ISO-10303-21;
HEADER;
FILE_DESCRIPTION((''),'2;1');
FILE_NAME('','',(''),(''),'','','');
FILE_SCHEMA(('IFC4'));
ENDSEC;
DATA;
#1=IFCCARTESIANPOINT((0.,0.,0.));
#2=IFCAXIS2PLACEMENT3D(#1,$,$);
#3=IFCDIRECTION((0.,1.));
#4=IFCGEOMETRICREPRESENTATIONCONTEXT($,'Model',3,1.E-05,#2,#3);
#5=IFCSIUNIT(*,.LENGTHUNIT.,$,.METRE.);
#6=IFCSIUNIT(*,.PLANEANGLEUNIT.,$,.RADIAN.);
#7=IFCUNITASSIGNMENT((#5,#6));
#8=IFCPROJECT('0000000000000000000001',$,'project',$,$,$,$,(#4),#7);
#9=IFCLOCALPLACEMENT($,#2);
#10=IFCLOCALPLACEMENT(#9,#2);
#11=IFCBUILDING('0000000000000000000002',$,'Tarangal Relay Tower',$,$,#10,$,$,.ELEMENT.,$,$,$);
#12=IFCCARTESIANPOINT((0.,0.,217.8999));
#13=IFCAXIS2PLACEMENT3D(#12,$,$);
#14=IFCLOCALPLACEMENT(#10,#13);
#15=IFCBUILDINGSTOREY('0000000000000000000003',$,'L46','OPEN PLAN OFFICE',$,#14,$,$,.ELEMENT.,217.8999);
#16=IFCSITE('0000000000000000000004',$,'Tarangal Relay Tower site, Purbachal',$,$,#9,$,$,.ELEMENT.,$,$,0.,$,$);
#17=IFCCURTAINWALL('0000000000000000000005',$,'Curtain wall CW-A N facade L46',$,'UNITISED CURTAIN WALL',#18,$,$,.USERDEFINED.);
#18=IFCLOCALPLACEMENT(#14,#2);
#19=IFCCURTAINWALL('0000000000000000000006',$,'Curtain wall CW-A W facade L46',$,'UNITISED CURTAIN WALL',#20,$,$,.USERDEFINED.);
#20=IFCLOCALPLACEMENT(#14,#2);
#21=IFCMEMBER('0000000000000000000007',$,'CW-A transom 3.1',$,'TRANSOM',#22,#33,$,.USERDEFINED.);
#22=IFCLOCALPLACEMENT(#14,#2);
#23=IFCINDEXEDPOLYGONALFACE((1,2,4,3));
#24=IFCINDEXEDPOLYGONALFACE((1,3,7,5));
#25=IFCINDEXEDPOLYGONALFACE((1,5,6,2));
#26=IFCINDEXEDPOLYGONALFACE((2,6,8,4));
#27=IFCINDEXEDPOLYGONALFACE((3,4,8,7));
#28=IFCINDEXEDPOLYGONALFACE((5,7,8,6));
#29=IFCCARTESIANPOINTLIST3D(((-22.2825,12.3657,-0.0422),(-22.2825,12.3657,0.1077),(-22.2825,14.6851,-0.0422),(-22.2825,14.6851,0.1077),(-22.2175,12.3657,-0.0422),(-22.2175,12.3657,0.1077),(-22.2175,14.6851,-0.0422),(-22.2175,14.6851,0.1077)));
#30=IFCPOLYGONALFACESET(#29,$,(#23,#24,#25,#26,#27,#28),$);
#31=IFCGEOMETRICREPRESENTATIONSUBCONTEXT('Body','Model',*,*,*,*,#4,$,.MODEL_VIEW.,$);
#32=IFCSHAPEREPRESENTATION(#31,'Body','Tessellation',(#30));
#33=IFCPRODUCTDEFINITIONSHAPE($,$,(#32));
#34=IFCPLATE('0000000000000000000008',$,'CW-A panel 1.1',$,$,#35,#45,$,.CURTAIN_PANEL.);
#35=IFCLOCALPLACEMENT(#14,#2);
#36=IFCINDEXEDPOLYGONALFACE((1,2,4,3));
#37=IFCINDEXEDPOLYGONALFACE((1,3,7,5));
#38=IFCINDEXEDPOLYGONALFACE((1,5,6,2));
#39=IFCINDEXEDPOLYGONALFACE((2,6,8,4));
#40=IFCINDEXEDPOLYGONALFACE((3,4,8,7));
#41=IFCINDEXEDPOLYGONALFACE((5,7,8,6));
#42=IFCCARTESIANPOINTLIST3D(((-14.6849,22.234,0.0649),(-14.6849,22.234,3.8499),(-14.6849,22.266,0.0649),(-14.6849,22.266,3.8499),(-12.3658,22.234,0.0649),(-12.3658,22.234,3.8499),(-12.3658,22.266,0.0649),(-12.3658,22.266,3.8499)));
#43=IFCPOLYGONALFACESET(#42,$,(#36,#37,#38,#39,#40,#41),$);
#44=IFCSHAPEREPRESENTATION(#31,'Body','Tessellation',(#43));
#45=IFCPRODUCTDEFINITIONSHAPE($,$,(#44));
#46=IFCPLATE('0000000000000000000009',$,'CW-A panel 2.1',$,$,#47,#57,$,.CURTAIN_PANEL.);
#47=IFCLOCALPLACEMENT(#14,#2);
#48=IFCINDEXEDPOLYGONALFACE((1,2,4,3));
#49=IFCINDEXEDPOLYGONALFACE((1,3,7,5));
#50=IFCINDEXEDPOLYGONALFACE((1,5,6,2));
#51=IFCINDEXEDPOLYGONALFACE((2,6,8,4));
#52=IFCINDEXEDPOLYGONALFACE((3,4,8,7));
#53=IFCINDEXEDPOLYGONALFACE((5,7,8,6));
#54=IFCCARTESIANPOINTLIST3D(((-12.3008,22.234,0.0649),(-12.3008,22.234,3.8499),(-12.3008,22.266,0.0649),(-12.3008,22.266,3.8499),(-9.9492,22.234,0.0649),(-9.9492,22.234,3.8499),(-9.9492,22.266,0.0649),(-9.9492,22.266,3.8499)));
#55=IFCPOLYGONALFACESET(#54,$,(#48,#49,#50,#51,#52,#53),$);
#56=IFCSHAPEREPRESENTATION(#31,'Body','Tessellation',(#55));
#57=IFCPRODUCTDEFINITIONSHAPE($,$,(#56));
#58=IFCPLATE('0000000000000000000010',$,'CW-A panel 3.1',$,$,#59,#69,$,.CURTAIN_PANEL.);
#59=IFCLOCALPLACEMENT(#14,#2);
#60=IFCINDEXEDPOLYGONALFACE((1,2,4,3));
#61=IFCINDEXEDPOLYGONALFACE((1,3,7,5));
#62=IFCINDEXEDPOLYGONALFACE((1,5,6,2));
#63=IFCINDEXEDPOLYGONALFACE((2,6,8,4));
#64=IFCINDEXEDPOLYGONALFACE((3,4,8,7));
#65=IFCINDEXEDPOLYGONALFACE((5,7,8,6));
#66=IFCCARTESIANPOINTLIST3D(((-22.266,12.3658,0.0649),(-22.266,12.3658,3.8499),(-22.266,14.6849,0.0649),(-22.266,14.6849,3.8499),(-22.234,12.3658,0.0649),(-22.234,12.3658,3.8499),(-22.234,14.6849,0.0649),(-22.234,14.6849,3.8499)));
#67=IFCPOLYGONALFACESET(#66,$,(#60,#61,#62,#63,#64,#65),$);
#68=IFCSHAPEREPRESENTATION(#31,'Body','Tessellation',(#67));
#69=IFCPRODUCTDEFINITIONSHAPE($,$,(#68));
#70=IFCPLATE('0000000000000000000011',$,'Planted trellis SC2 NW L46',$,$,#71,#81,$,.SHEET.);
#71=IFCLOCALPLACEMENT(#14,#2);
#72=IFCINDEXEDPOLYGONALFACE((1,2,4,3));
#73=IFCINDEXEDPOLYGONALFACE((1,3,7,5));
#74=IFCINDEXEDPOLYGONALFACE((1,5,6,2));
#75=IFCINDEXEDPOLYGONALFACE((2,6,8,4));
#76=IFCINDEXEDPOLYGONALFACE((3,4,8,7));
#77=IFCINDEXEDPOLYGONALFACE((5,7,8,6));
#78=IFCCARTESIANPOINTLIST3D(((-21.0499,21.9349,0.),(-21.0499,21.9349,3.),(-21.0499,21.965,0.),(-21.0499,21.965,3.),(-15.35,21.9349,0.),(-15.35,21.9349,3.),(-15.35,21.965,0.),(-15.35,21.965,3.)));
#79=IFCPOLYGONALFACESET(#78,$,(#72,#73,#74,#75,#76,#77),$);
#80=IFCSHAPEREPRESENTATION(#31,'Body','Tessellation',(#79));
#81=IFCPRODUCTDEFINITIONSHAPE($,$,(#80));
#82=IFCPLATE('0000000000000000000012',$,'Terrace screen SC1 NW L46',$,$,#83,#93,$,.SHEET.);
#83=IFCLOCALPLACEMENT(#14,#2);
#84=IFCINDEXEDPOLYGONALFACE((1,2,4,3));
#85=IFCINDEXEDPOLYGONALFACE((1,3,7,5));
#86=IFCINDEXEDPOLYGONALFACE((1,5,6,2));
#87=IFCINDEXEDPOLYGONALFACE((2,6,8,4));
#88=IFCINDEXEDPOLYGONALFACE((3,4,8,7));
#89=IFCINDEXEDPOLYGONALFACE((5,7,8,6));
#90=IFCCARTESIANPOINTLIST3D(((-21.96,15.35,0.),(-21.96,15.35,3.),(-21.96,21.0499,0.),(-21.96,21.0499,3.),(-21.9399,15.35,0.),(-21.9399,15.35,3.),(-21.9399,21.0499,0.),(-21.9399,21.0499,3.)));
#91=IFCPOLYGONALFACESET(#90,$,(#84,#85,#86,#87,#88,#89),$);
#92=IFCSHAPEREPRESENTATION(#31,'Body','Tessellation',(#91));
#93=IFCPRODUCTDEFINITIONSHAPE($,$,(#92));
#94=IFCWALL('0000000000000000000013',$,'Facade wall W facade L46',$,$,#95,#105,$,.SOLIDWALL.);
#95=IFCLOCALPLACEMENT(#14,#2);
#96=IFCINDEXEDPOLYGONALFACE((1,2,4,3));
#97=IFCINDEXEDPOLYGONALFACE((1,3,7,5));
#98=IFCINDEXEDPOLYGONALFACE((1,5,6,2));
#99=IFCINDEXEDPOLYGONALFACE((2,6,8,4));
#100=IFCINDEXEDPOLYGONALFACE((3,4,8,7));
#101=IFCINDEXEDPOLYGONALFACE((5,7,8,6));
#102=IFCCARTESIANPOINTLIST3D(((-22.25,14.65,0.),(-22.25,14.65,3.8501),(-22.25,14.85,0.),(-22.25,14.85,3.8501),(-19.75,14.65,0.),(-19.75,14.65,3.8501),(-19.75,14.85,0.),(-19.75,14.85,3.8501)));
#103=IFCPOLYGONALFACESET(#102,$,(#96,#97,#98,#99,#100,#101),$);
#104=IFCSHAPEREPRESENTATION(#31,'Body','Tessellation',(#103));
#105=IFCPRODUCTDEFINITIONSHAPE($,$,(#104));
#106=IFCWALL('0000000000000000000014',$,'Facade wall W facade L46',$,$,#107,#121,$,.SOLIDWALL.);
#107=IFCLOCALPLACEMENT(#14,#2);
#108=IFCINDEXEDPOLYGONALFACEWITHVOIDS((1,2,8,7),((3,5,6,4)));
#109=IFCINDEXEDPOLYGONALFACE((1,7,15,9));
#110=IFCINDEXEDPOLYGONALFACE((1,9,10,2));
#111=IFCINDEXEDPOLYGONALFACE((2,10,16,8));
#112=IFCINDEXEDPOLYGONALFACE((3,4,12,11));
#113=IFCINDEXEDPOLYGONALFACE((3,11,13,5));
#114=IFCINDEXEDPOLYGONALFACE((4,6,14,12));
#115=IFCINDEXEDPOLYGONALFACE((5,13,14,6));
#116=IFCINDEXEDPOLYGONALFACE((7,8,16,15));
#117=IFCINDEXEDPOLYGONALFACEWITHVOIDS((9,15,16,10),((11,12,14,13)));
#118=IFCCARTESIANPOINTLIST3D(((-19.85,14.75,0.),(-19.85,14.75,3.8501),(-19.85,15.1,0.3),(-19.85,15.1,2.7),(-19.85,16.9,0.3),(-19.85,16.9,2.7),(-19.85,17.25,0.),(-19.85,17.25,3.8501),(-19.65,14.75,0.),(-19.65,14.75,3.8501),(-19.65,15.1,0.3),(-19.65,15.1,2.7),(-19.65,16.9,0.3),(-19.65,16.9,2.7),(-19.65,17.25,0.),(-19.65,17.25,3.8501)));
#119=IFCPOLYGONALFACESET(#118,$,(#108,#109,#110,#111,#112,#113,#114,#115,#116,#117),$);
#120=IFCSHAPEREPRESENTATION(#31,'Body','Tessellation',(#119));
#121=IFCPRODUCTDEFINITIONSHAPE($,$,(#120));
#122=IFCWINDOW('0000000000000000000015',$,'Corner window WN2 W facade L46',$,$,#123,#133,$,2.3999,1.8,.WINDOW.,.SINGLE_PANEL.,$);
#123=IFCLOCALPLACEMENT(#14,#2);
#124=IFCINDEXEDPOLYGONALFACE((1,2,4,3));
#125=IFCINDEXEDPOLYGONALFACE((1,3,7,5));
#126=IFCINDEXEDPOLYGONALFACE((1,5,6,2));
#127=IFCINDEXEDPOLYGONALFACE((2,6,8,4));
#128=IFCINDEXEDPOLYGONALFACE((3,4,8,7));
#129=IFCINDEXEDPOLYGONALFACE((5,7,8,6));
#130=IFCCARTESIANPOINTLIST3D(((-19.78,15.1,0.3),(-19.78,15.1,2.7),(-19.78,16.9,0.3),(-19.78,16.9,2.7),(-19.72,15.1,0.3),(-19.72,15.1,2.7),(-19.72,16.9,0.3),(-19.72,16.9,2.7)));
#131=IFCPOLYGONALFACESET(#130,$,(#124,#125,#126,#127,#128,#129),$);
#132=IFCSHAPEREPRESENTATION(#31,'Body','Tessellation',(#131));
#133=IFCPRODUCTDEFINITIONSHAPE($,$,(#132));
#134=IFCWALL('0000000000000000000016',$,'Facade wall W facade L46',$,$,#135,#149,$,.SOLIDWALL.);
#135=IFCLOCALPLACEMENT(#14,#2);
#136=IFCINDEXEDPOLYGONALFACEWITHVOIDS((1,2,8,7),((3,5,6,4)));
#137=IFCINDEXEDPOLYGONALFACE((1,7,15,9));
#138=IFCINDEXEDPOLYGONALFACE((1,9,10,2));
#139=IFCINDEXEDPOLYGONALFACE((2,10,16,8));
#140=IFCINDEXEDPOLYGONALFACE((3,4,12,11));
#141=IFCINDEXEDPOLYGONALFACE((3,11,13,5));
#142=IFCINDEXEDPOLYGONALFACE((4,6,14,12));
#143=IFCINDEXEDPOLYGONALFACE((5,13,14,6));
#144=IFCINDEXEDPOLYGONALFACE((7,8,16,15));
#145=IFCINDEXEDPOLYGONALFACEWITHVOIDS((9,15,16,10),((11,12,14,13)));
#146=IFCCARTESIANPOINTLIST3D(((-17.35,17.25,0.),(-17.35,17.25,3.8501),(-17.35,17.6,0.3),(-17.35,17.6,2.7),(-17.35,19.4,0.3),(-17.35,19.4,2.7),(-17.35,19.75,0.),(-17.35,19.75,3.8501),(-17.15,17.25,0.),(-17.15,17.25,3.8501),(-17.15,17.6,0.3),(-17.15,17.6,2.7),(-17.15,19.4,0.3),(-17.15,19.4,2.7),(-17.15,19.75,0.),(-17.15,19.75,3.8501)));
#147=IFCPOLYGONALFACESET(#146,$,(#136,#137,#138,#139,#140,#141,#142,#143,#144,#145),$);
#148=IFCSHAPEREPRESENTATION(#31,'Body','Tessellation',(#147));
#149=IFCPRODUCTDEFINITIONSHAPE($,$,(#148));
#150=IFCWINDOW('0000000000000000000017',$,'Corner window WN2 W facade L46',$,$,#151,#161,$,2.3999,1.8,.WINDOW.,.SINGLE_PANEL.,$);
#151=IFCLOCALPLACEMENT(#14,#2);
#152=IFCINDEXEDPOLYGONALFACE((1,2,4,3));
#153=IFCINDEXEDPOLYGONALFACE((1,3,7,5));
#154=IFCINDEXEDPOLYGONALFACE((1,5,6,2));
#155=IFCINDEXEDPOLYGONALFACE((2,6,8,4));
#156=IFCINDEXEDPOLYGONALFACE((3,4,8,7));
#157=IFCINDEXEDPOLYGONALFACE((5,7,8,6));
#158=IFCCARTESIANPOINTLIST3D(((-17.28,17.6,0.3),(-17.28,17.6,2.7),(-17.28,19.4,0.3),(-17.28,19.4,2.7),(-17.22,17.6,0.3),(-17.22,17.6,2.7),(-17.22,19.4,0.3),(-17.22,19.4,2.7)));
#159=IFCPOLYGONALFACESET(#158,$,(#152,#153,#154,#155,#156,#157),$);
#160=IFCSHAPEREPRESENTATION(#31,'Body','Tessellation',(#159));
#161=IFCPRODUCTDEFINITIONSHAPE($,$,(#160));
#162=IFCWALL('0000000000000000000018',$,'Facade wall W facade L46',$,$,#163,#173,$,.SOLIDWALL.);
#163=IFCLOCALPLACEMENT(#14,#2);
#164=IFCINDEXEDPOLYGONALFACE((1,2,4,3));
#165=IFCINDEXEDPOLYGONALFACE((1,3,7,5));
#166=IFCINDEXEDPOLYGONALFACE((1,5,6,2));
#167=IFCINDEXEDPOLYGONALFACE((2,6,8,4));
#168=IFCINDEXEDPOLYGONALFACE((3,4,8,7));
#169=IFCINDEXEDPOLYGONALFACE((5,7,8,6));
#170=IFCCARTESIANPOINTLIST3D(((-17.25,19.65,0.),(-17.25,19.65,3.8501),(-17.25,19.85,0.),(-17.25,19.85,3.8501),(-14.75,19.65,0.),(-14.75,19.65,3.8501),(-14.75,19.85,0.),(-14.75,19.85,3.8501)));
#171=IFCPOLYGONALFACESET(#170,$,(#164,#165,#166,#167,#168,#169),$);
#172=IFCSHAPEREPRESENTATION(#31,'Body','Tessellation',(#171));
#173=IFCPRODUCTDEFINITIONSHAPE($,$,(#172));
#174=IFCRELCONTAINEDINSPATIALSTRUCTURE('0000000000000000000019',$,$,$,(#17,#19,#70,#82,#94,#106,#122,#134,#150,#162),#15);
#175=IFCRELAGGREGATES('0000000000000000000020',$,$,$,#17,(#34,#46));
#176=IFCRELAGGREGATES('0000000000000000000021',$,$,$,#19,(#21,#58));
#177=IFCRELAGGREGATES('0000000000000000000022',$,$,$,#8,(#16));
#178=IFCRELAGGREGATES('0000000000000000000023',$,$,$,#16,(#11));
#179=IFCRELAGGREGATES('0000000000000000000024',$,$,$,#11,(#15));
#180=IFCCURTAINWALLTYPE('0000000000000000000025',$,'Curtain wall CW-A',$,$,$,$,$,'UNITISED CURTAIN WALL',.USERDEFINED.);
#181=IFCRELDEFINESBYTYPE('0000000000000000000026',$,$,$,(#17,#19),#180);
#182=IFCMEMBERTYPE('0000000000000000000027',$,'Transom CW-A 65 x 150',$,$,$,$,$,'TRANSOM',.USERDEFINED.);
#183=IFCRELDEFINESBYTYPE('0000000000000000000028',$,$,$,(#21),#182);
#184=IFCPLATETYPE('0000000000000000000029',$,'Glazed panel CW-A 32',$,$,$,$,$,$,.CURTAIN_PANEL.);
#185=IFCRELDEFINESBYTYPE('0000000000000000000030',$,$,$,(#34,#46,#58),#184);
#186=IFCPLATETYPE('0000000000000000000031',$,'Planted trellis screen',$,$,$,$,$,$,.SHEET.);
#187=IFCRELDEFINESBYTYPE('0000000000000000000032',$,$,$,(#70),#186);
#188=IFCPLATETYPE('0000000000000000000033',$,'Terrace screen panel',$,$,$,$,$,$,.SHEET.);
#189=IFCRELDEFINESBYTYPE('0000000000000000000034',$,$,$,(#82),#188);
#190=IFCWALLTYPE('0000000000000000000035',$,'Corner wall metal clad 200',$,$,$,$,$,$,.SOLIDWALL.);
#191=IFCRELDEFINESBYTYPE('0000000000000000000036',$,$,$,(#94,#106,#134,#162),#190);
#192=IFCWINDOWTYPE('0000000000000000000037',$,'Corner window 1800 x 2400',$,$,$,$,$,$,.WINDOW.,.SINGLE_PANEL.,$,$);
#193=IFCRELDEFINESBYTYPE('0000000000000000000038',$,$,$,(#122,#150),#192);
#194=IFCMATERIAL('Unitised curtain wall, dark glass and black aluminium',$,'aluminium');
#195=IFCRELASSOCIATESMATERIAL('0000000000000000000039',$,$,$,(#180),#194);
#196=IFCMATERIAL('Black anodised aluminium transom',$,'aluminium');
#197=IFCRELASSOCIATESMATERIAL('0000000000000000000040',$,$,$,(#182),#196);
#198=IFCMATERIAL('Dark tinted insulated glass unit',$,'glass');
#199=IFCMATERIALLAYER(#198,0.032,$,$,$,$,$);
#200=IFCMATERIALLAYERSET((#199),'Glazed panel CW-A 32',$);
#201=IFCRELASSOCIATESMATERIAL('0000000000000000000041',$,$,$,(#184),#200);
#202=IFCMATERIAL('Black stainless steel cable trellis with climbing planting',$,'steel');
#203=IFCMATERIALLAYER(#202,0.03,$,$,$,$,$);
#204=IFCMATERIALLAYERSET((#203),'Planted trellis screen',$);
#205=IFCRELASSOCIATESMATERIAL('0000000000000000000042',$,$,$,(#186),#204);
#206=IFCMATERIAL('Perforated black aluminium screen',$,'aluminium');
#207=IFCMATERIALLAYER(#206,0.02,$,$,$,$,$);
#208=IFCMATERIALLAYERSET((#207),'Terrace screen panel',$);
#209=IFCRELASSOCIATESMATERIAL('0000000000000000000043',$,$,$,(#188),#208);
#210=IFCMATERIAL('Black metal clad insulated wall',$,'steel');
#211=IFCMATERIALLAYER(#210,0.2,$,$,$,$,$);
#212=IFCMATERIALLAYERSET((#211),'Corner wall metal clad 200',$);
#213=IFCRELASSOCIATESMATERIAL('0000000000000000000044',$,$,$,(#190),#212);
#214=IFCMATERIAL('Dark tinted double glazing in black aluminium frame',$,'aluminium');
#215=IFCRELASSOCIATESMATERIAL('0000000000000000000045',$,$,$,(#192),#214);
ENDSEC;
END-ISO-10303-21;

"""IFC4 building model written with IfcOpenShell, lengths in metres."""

from ifc_helpers import new_model, si_unit, direction, frame, frame_2d, origin, origin_2d, place, context, subcontext, project, spatial, rectangle, extrude, material, layer, layer_set, material_profile, profile_set, type_object, element, fill, aggregate, save


model = new_model("IFC4")

# Units and contexts
model_context = context("Model", 3, precision=1e-05, world=origin(), true_north=direction((0.0, 1.0)))
body_context = subcontext(model_context, "Body", "Model", "MODEL_VIEW")
ifc_project = project(units=[si_unit("LENGTHUNIT", "METRE"), si_unit("PLANEANGLEUNIT", "RADIAN")], contexts=[model_context])

# Site, building, storey
site_placement = place(None, origin())
site = spatial("IfcSite", under=ifc_project, at=site_placement, Name="Tarangal Relay Tower site, Purbachal", CompositionType="ELEMENT", RefElevation=0.0)
building_placement = place(site_placement, origin())
building = spatial("IfcBuilding", under=site, at=building_placement, Name="Tarangal Relay Tower", CompositionType="ELEMENT")
storey_placement = place(building_placement, frame((0.0, 0.0, 217.8999)))
storey = spatial("IfcBuildingStorey", under=building, at=storey_placement, Name="L46", Description="OPEN PLAN OFFICE", CompositionType="ELEMENT", Elevation=217.8999)

# Curtain walls
ifc_material_1 = material(Name="Unitised curtain wall, dark glass and black aluminium", Category="aluminium")
curtain_wall_type = type_object("IfcCurtainWallType", Name="Curtain wall CW-A", ElementType="UNITISED CURTAIN WALL", PredefinedType="USERDEFINED", material=ifc_material_1)
curtain_wall_1_placement = place(storey_placement, origin())
curtain_wall_1 = element("IfcCurtainWall", 1, at=curtain_wall_1_placement, inside=storey, type_object=curtain_wall_type, Name="Curtain wall CW-A N facade L46", ObjectType="UNITISED CURTAIN WALL", PredefinedType="USERDEFINED")
curtain_wall_2_placement = place(storey_placement, origin())
curtain_wall_2 = element("IfcCurtainWall", 2, at=curtain_wall_2_placement, inside=storey, type_object=curtain_wall_type, Name="Curtain wall CW-A W facade L46", ObjectType="UNITISED CURTAIN WALL", PredefinedType="USERDEFINED")

# Member
ifc_material_2 = material(Name="Black anodised aluminium transom", Category="aluminium")
ifc_material_profile_1 = material_profile(ifc_material_2, rectangle(XDim=0.0649, YDim=0.1499, at=origin_2d()), Name="CW-AT 65X150")
ifc_profile_set_1 = profile_set([ifc_material_profile_1], Name="Black anodised aluminium transom")
member_type_1 = type_object("IfcMemberType", Name="Transom CW-A 65 x 150", ElementType="TRANSOM", PredefinedType="USERDEFINED", material=ifc_profile_set_1)
member_1_placement = place(storey_placement, frame((-22.25, 12.3657, 0.0327), z_axis=(0.0, 1.0, 0.0), x_axis=(-1.0, 0.0, 0.0)))
member_1 = element("IfcMember", 3, at=member_1_placement, type_object=member_type_1, Name="CW-A transom 3.1", ObjectType="TRANSOM", PredefinedType="USERDEFINED", context=body_context, shape_type="SweptSolid", body=[
    extrude(rectangle(XDim=0.0649, YDim=0.1499, at=origin_2d()), origin(), (0.0, 0.0, 1.0), 2.3193),
])

# Plates
ifc_material_3 = material(Name="Dark tinted insulated glass unit", Category="glass")
ifc_layer_1 = layer(ifc_material_3, 0.032)
ifc_layer_set_1 = layer_set([ifc_layer_1], Name="Glazed panel CW-A 32")
plate_type_1 = type_object("IfcPlateType", Name="Glazed panel CW-A 32", PredefinedType="CURTAIN_PANEL", material=ifc_layer_set_1)
plate_1_placement = place(storey_placement, frame((-13.5254, 22.25, 0.0649), z_axis=(0.0, 0.0, 1.0), x_axis=(1.0, 0.0, 0.0)))
plate_1 = element("IfcPlate", 4, at=plate_1_placement, type_object=plate_type_1, Name="CW-A panel 1.1", PredefinedType="CURTAIN_PANEL", context=body_context, shape_type="SweptSolid", body=[
    extrude(rectangle(XDim=2.3191, YDim=0.032, at=origin_2d()), origin(), (0.0, 0.0, 1.0), 3.7849),
])
plate_2_placement = place(storey_placement, frame((-11.125, 22.25, 0.0649), z_axis=(0.0, 0.0, 1.0), x_axis=(1.0, 0.0, 0.0)))
plate_2 = element("IfcPlate", 5, at=plate_2_placement, type_object=plate_type_1, Name="CW-A panel 2.1", PredefinedType="CURTAIN_PANEL", context=body_context, shape_type="SweptSolid", body=[
    extrude(rectangle(XDim=2.3516, YDim=0.032, at=origin_2d()), origin(), (0.0, 0.0, 1.0), 3.7849),
])
aggregate(curtain_wall_1, [plate_1, plate_2])
plate_3_placement = place(storey_placement, frame((-22.25, 13.5254, 0.0649), z_axis=(0.0, 0.0, 1.0), x_axis=(0.0, 1.0, 0.0)))
plate_3 = element("IfcPlate", 6, at=plate_3_placement, type_object=plate_type_1, Name="CW-A panel 3.1", PredefinedType="CURTAIN_PANEL", context=body_context, shape_type="SweptSolid", body=[
    extrude(rectangle(XDim=2.3191, YDim=0.032, at=origin_2d()), origin(), (0.0, 0.0, 1.0), 3.7849),
])
aggregate(curtain_wall_2, [member_1, plate_3])

# Plates
ifc_material_4 = material(Name="Black stainless steel cable trellis with climbing planting", Category="steel")
ifc_layer_2 = layer(ifc_material_4, 0.03)
ifc_layer_set_2 = layer_set([ifc_layer_2], Name="Planted trellis screen")
plate_type_2 = type_object("IfcPlateType", Name="Planted trellis screen", PredefinedType="SHEET", material=ifc_layer_set_2)
plate_4_placement = place(storey_placement, frame((-18.2, 21.95, 0.0), z_axis=(0.0, 0.0, 1.0), x_axis=(1.0, 0.0, 0.0)))
element("IfcPlate", 7, at=plate_4_placement, inside=storey, type_object=plate_type_2, Name="Planted trellis SC2 NW L46", PredefinedType="SHEET", context=body_context, shape_type="SweptSolid", body=[
    extrude(rectangle(XDim=5.7, YDim=0.03, at=origin_2d()), origin(), (0.0, 0.0, 1.0), 3.0),
])
ifc_material_5 = material(Name="Perforated black aluminium screen", Category="aluminium")
ifc_layer_3 = layer(ifc_material_5, 0.02)
ifc_layer_set_3 = layer_set([ifc_layer_3], Name="Terrace screen panel")
plate_type_3 = type_object("IfcPlateType", Name="Terrace screen panel", PredefinedType="SHEET", material=ifc_layer_set_3)
plate_5_placement = place(storey_placement, frame((-21.95, 18.2, 0.0), z_axis=(0.0, 0.0, 1.0), x_axis=(0.0, 1.0, 0.0)))
element("IfcPlate", 8, at=plate_5_placement, inside=storey, type_object=plate_type_3, Name="Terrace screen SC1 NW L46", PredefinedType="SHEET", context=body_context, shape_type="SweptSolid", body=[
    extrude(rectangle(XDim=5.7, YDim=0.02, at=origin_2d()), origin(), (0.0, 0.0, 1.0), 3.0),
])

# Wall
ifc_material_6 = material(Name="Black metal clad insulated wall", Category="steel")
ifc_layer_4 = layer(ifc_material_6, 0.2)
ifc_layer_set_4 = layer_set([ifc_layer_4], Name="Corner wall metal clad 200")
wall_type = type_object("IfcWallType", Name="Corner wall metal clad 200", PredefinedType="SOLIDWALL", material=ifc_layer_set_4)
wall_1_placement = place(storey_placement, frame((-22.25, 14.75, 0.0), z_axis=(0.0, 0.0, 1.0), x_axis=(1.0, 0.0, 0.0)))
element("IfcWall", 9, at=wall_1_placement, inside=storey, type_object=wall_type, Name="Facade wall W facade L46", PredefinedType="SOLIDWALL", context=body_context, shape_type="SweptSolid", body=[
    extrude(rectangle(XDim=2.5, YDim=0.2, at=frame_2d((1.25, 0.0))), origin(), (0.0, 0.0, 1.0), 3.8501),
])

# Wall, opening, window
wall_2_placement = place(storey_placement, frame((-19.75, 14.75, 0.0), z_axis=(0.0, 0.0, 1.0), x_axis=(0.0, 1.0, 0.0)))
wall_2 = element("IfcWall", 10, at=wall_2_placement, inside=storey, type_object=wall_type, Name="Facade wall W facade L46", PredefinedType="SOLIDWALL", context=body_context, shape_type="SweptSolid", body=[
    extrude(rectangle(XDim=2.5, YDim=0.2, at=frame_2d((1.25, 0.0))), origin(), (0.0, 0.0, 1.0), 3.8501),
])
opening_1_placement = place(wall_2_placement, frame((0.3501, 0.0, 0.3)))
opening_1 = element("IfcOpeningElement", 11, at=opening_1_placement, cuts=wall_2, PredefinedType="OPENING", context=body_context, shape_type="SweptSolid", body=[
    extrude(rectangle(XDim=1.8, YDim=2.3999, at=frame_2d((0.8999, 1.2))), frame((0.0, 0.1099, 0.0), z_axis=(0.0, -1.0, 0.0), x_axis=(1.0, 0.0, 0.0)), (0.0, 0.0, 1.0), 0.22),
])
ifc_material_7 = material(Name="Dark tinted double glazing in black aluminium frame", Category="aluminium")
window_type = type_object("IfcWindowType", Name="Corner window 1800 x 2400", PartitioningType="SINGLE_PANEL", PredefinedType="WINDOW", material=ifc_material_7)
window_1_placement = place(opening_1_placement, origin())
window_1 = element("IfcWindow", 12, at=window_1_placement, inside=storey, type_object=window_type, Name="Corner window WN2 W facade L46", OverallHeight=2.3999, OverallWidth=1.8, PartitioningType="SINGLE_PANEL", PredefinedType="WINDOW", context=body_context, shape_type="SweptSolid", body=[
    extrude(rectangle(XDim=1.8, YDim=2.3999, at=frame_2d((0.8999, 1.2))), frame((0.0, 0.03, 0.0), z_axis=(0.0, -1.0, 0.0), x_axis=(1.0, 0.0, 0.0)), (0.0, 0.0, 1.0), 0.0601),
])
fill(opening_1, window_1)

# Wall, opening, window
wall_3_placement = place(storey_placement, frame((-17.25, 17.25, 0.0), z_axis=(0.0, 0.0, 1.0), x_axis=(0.0, 1.0, 0.0)))
wall_3 = element("IfcWall", 13, at=wall_3_placement, inside=storey, type_object=wall_type, Name="Facade wall W facade L46", PredefinedType="SOLIDWALL", context=body_context, shape_type="SweptSolid", body=[
    extrude(rectangle(XDim=2.5, YDim=0.2, at=frame_2d((1.25, 0.0))), origin(), (0.0, 0.0, 1.0), 3.8501),
])
opening_2_placement = place(wall_3_placement, frame((0.3501, 0.0, 0.3)))
opening_2 = element("IfcOpeningElement", 14, at=opening_2_placement, cuts=wall_3, PredefinedType="OPENING", context=body_context, shape_type="SweptSolid", body=[
    extrude(rectangle(XDim=1.8, YDim=2.3999, at=frame_2d((0.8999, 1.2))), frame((0.0, 0.1099, 0.0), z_axis=(0.0, -1.0, 0.0), x_axis=(1.0, 0.0, 0.0)), (0.0, 0.0, 1.0), 0.22),
])
window_2_placement = place(opening_2_placement, origin())
window_2 = element("IfcWindow", 15, at=window_2_placement, inside=storey, type_object=window_type, Name="Corner window WN2 W facade L46", OverallHeight=2.3999, OverallWidth=1.8, PartitioningType="SINGLE_PANEL", PredefinedType="WINDOW", context=body_context, shape_type="SweptSolid", body=[
    extrude(rectangle(XDim=1.8, YDim=2.3999, at=frame_2d((0.8999, 1.2))), frame((0.0, 0.03, 0.0), z_axis=(0.0, -1.0, 0.0), x_axis=(1.0, 0.0, 0.0)), (0.0, 0.0, 1.0), 0.0601),
])
fill(opening_2, window_2)

# Wall
wall_4_placement = place(storey_placement, frame((-17.25, 19.75, 0.0), z_axis=(0.0, 0.0, 1.0), x_axis=(1.0, 0.0, 0.0)))
element("IfcWall", 16, at=wall_4_placement, inside=storey, type_object=wall_type, Name="Facade wall W facade L46", PredefinedType="SOLIDWALL", context=body_context, shape_type="SweptSolid", body=[
    extrude(rectangle(XDim=2.5, YDim=0.2, at=frame_2d((1.25, 0.0))), origin(), (0.0, 0.0, 1.0), 3.8501),
])

save(model, "model.ifc")
